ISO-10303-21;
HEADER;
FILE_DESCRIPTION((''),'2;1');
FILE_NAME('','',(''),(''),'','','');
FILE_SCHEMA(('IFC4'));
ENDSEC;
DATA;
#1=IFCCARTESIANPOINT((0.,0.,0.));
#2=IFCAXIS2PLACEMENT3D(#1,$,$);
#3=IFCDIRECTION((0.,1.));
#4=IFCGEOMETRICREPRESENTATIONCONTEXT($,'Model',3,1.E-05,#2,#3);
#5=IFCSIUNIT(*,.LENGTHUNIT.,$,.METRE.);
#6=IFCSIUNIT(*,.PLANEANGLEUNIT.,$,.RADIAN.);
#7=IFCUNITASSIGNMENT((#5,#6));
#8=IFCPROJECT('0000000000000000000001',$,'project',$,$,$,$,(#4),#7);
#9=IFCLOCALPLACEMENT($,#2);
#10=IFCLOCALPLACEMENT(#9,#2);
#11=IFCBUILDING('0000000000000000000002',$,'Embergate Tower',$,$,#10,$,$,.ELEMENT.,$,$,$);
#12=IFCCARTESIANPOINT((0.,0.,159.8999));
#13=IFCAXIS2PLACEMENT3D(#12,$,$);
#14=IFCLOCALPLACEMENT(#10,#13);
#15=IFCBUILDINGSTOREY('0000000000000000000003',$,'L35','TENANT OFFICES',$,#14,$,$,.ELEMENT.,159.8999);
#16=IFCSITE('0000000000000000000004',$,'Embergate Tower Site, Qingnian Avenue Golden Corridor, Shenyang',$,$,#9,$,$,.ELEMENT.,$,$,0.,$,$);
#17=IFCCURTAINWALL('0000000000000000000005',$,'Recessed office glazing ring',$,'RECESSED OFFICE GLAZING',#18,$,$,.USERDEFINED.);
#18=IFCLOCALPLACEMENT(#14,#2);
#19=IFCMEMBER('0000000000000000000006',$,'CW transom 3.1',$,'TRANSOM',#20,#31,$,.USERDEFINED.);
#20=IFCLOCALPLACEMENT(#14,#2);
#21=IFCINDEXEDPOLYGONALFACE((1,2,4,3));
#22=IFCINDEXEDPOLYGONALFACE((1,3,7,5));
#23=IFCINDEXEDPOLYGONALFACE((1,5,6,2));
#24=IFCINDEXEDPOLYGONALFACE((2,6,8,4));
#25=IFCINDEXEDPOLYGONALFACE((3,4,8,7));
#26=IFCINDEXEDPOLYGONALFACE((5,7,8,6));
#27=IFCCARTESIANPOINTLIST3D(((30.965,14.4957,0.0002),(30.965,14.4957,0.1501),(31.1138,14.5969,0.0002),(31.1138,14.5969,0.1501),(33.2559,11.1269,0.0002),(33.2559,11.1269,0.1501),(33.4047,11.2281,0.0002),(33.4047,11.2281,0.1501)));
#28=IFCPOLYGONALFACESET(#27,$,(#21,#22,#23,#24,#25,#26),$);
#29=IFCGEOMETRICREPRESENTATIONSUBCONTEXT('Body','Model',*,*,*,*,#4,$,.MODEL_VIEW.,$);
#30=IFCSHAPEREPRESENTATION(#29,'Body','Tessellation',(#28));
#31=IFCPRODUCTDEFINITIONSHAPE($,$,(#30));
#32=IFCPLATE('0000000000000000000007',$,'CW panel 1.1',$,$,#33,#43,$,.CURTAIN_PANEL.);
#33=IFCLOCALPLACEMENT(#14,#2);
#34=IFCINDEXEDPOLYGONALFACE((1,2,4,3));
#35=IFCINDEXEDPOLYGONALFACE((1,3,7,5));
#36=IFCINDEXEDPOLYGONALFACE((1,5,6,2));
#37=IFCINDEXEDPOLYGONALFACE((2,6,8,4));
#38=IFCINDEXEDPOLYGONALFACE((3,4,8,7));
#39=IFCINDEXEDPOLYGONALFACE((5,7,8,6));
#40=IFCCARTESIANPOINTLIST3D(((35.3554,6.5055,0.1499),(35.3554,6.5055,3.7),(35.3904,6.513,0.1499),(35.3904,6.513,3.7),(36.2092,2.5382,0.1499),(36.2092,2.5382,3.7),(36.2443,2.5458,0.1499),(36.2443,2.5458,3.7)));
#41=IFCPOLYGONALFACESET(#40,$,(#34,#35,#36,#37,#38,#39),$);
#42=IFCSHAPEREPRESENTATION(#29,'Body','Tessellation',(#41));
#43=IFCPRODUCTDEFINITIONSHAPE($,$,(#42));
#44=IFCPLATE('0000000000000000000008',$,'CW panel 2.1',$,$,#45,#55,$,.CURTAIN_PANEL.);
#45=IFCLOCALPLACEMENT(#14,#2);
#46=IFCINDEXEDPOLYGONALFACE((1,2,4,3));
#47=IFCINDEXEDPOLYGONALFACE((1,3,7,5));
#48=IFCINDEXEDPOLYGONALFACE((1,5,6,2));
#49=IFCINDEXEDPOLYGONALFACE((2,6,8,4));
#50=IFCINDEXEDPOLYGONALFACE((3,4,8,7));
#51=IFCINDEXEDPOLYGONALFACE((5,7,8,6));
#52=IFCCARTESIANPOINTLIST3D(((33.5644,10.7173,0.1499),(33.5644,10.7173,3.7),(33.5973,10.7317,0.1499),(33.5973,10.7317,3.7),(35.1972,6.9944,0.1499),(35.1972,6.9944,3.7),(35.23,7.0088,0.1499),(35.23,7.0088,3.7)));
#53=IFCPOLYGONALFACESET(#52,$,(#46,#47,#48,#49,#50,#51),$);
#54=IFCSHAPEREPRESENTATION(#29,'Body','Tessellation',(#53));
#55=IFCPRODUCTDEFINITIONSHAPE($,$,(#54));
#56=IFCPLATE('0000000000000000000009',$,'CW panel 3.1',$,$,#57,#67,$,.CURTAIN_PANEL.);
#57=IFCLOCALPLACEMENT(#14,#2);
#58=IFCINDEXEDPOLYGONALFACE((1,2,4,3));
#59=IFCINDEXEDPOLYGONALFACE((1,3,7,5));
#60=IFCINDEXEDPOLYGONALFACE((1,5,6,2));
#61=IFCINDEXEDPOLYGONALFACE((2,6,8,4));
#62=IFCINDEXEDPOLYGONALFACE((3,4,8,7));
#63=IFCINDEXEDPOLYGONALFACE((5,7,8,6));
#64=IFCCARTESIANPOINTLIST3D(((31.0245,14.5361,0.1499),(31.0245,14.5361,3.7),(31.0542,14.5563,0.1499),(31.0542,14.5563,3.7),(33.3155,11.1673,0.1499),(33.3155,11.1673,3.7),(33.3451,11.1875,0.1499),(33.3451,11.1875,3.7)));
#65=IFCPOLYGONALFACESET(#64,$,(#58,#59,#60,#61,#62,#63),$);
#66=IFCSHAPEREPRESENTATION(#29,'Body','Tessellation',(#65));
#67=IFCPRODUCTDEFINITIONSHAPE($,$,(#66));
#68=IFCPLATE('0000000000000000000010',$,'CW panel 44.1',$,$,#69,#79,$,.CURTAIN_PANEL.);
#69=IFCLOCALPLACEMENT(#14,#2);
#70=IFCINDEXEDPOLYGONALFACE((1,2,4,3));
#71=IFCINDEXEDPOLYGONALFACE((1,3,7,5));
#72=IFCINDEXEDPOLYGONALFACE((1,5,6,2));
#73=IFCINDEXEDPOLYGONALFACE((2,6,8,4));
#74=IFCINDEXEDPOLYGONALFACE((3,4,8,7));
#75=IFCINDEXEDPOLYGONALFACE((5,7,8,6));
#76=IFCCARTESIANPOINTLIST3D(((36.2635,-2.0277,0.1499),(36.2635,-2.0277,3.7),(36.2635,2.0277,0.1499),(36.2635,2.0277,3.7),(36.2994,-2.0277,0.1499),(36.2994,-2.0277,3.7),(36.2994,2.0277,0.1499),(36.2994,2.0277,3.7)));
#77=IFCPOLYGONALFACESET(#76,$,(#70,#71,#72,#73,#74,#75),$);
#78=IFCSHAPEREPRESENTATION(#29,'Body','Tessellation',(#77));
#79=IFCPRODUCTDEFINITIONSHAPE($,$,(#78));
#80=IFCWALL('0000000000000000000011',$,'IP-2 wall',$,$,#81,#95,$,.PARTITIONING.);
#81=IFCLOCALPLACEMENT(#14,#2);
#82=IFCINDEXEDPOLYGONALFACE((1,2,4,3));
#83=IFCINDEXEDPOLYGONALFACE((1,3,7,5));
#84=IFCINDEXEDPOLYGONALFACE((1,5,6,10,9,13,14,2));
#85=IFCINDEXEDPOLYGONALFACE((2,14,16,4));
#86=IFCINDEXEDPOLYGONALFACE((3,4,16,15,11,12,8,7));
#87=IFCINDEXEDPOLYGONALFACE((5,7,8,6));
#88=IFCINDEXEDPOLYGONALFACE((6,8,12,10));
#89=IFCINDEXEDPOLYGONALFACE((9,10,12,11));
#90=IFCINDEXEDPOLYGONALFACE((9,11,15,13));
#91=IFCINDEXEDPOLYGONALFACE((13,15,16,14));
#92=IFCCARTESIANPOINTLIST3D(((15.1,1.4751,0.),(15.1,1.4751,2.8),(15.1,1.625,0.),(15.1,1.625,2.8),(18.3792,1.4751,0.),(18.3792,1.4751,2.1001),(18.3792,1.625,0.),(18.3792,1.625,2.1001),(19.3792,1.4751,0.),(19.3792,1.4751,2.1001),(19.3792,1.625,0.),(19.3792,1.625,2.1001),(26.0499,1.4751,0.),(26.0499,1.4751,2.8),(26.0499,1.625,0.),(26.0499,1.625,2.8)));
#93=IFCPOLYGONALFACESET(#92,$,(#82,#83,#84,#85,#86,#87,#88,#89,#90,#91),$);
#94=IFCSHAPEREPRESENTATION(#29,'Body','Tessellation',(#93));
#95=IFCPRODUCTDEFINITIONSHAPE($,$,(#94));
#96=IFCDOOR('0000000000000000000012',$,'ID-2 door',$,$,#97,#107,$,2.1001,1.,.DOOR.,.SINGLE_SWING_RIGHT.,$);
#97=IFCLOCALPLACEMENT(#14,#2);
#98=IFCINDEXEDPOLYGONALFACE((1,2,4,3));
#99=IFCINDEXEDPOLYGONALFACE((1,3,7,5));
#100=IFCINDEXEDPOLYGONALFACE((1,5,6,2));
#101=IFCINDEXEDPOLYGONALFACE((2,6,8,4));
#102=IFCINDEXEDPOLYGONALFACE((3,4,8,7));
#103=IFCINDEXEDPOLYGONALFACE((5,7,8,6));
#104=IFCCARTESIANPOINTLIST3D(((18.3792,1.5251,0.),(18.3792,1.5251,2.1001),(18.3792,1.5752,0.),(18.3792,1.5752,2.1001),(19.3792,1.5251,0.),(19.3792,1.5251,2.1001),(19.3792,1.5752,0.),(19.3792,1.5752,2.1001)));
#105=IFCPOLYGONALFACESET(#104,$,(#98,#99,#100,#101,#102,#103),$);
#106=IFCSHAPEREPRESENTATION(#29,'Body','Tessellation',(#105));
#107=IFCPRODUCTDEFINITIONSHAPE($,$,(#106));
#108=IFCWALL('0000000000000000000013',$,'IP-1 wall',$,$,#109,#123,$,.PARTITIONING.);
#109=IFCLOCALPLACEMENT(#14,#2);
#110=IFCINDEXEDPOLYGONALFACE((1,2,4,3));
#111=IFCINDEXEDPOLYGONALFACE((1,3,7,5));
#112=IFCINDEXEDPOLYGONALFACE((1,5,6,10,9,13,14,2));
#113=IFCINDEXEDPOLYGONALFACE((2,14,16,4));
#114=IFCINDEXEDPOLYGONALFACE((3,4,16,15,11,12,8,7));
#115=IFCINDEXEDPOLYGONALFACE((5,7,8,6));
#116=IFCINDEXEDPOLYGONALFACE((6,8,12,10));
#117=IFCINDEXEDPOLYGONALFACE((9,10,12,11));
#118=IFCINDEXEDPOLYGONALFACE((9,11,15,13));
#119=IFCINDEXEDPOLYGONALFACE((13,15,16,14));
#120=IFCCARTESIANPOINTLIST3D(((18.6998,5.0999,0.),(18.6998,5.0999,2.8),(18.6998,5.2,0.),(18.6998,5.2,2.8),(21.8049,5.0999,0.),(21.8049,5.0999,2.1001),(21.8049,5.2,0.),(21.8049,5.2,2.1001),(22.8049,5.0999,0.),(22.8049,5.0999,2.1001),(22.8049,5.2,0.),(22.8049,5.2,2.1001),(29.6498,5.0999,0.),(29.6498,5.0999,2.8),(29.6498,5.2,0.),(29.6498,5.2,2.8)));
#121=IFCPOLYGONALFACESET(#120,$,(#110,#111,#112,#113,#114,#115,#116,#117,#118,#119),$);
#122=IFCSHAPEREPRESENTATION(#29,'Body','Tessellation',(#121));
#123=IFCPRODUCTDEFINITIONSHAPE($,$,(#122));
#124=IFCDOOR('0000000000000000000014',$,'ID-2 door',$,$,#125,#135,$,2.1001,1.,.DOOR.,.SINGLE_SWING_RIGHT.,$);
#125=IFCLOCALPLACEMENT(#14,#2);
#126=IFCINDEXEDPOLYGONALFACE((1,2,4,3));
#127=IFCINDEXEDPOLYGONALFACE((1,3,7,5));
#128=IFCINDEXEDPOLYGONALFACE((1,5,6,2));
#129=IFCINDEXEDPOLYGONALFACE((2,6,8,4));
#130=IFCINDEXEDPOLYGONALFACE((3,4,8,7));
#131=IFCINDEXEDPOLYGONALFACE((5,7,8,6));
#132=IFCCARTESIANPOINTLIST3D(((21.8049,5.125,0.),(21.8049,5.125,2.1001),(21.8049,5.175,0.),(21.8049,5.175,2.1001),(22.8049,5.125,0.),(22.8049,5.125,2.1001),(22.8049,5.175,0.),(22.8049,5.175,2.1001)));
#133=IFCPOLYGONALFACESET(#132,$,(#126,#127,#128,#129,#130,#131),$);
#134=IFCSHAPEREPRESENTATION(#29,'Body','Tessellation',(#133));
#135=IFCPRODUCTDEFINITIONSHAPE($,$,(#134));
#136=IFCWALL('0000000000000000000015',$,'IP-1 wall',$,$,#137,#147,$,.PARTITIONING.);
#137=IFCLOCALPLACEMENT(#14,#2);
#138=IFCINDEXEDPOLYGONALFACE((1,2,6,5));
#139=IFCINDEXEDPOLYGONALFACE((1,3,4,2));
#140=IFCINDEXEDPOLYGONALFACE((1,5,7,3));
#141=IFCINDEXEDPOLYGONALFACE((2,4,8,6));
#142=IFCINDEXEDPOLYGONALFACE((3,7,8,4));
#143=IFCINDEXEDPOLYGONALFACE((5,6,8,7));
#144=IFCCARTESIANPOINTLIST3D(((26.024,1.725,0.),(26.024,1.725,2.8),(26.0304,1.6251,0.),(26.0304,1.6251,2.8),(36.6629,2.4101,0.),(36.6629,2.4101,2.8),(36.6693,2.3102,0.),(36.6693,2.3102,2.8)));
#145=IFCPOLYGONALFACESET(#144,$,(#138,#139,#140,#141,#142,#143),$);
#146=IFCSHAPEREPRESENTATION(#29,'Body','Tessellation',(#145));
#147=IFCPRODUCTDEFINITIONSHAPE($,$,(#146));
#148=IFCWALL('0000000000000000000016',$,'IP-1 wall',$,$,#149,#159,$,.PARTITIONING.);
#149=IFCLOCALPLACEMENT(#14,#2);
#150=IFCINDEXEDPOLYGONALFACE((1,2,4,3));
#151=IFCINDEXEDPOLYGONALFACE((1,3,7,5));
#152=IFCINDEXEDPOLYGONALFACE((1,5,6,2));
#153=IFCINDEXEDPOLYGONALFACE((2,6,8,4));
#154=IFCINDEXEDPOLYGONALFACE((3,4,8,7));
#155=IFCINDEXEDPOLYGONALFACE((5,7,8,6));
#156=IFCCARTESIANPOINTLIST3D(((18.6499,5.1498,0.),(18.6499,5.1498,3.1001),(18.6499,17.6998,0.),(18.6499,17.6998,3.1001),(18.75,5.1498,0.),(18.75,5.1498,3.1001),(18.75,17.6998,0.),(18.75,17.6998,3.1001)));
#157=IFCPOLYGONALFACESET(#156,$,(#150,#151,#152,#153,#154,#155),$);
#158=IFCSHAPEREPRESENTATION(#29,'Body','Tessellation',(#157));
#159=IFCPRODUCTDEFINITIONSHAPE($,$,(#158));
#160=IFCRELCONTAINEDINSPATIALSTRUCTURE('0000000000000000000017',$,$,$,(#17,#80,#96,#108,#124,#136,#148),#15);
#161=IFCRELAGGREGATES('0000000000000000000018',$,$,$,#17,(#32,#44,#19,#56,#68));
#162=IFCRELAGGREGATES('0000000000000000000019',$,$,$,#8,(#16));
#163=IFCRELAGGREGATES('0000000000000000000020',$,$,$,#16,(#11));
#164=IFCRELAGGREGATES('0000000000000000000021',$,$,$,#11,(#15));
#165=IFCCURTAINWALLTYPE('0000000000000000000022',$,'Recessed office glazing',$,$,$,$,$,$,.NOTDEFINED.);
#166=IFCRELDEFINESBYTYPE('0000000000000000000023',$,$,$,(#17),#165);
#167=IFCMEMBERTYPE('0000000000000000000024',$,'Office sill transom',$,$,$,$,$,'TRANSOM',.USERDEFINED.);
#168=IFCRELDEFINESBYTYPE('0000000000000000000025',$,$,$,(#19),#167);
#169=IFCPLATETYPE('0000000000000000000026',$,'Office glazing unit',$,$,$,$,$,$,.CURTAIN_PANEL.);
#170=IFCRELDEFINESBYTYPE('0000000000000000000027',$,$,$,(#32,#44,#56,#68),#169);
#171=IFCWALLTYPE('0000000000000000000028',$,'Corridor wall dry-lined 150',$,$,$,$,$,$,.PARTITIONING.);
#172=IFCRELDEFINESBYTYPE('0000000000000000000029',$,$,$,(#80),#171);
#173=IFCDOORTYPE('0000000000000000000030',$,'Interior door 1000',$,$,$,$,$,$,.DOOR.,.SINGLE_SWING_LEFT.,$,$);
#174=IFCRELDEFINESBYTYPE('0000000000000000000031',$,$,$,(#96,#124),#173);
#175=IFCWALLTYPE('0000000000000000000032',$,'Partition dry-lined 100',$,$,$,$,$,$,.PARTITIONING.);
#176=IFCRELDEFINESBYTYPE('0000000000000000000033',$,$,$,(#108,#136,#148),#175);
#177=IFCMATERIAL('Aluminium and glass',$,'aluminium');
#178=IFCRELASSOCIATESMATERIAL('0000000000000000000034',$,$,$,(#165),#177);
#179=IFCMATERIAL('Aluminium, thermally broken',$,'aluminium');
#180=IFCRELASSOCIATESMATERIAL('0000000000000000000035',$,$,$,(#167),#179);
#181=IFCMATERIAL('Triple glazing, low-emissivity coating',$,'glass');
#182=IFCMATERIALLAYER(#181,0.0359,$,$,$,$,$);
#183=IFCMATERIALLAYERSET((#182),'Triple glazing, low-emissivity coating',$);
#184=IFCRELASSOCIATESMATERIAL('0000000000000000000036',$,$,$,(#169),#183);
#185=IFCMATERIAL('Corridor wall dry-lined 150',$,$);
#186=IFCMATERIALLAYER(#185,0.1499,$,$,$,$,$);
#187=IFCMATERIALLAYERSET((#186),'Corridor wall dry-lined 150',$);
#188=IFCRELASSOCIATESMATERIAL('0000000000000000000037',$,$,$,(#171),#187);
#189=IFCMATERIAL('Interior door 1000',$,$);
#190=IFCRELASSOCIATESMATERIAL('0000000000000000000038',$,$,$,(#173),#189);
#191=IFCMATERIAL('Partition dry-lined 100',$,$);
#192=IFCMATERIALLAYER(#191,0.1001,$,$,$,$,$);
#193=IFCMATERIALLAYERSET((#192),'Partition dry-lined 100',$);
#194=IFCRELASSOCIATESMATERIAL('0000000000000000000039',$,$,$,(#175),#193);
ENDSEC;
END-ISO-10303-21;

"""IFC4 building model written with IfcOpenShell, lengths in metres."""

from ifc_helpers import new_model, si_unit, direction, frame, frame_2d, origin, origin_2d, place, context, subcontext, project, spatial, rectangle, extrude, source, transform, mapped, material, layer, layer_set, material_profile, profile_set, type_object, element, fill, aggregate, save


model = new_model("IFC4")

# Units and contexts
model_context = context("Model", 3, precision=1e-05, world=origin(), true_north=direction((0.0, 1.0)))
body_context = subcontext(model_context, "Body", "Model", "MODEL_VIEW")
ifc_project = project(units=[si_unit("LENGTHUNIT", "METRE"), si_unit("PLANEANGLEUNIT", "RADIAN")], contexts=[model_context])

# Site, building, storey
site_placement = place(None, origin())
site = spatial("IfcSite", under=ifc_project, at=site_placement, Name="Embergate Tower Site, Qingnian Avenue Golden Corridor, Shenyang", CompositionType="ELEMENT", RefElevation=0.0)
building_placement = place(site_placement, origin())
building = spatial("IfcBuilding", under=site, at=building_placement, Name="Embergate Tower", CompositionType="ELEMENT")
storey_placement = place(building_placement, frame((0.0, 0.0, 159.8999)))
storey = spatial("IfcBuildingStorey", under=building, at=storey_placement, Name="L35", Description="TENANT OFFICES", CompositionType="ELEMENT", Elevation=159.8999)

# Curtain wall, member, plates
ifc_material_1 = material(Name="Aluminium and glass", Category="aluminium")
curtain_wall_type = type_object("IfcCurtainWallType", Name="Recessed office glazing", PredefinedType="NOTDEFINED", material=ifc_material_1)
curtain_wall_placement = place(storey_placement, origin())
curtain_wall = element("IfcCurtainWall", 1, at=curtain_wall_placement, inside=storey, type_object=curtain_wall_type, Name="Recessed office glazing ring", ObjectType="RECESSED OFFICE GLAZING", PredefinedType="USERDEFINED")
ifc_material_2 = material(Name="Aluminium, thermally broken", Category="aluminium")
ifc_material_profile_1 = material_profile(ifc_material_2, rectangle(XDim=0.1799, YDim=0.1499, at=origin_2d()), Name="AL 150x180")
ifc_profile_set_1 = profile_set([ifc_material_profile_1], Name="Aluminium, thermally broken")
member_type_1 = type_object("IfcMemberType", Name="Office sill transom", ElementType="TRANSOM", PredefinedType="USERDEFINED", material=ifc_profile_set_1)
shared_shape_1 = source(origin(), body_context, "Body", "SweptSolid", [
    extrude(rectangle(XDim=0.1799, YDim=0.1499, at=origin_2d()), origin(), (0.0, 0.0, 1.0), 4.074),
])
member_1_placement = place(storey_placement, frame((33.3303, 11.1775, 0.0752), z_axis=(-0.562338, 0.826908, 0.0), x_axis=(-0.826908, -0.562338, 0.0)))
member_1 = element("IfcMember", 2, at=member_1_placement, type_object=member_type_1, Name="CW transom 3.1", ObjectType="TRANSOM", PredefinedType="USERDEFINED", context=body_context, shape_type="MappedRepresentation", body=[
    mapped(shared_shape_1, transform((0.0, 0.0, 0.0))),
])
ifc_material_3 = material(Name="Triple glazing, low-emissivity coating", Category="glass")
ifc_layer_1 = layer(ifc_material_3, 0.0359)
ifc_layer_set_1 = layer_set([ifc_layer_1], Name="Triple glazing, low-emissivity coating")
plate_type = type_object("IfcPlateType", Name="Office glazing unit", PredefinedType="CURTAIN_PANEL", material=ifc_layer_set_1)
shared_shape_2 = source(origin(), body_context, "Body", "SweptSolid", [
    extrude(rectangle(XDim=4.0581, YDim=0.0359, at=origin_2d()), origin(), (0.0, 0.0, 1.0), 3.55),
])
plate_1_placement = place(storey_placement, frame((35.7998, 4.5256, 0.1499), z_axis=(0.0, 0.0, 1.0), x_axis=(-0.210398, 0.977616, 0.0)))
plate_1 = element("IfcPlate", 3, at=plate_1_placement, type_object=plate_type, Name="CW panel 1.1", PredefinedType="CURTAIN_PANEL", context=body_context, shape_type="MappedRepresentation", body=[
    mapped(shared_shape_2, transform((0.0, 0.0, 0.0))),
])
shared_shape_3 = source(origin(), body_context, "Body", "SweptSolid", [
    extrude(rectangle(XDim=4.0652, YDim=0.0359, at=origin_2d()), origin(), (0.0, 0.0, 1.0), 3.55),
])
plate_2_placement = place(storey_placement, frame((34.3972, 8.863, 0.1499), z_axis=(0.0, 0.0, 1.0), x_axis=(-0.401652, 0.915792, 0.0)))
plate_2 = element("IfcPlate", 4, at=plate_2_placement, type_object=plate_type, Name="CW panel 2.1", PredefinedType="CURTAIN_PANEL", context=body_context, shape_type="MappedRepresentation", body=[
    mapped(shared_shape_3, transform((0.0, 0.0, 0.0))),
])
shared_shape_4 = source(origin(), body_context, "Body", "SweptSolid", [
    extrude(rectangle(XDim=4.074, YDim=0.0359, at=origin_2d()), origin(), (0.0, 0.0, 1.0), 3.55),
])
plate_3_placement = place(storey_placement, frame((32.1848, 12.8618, 0.1499), z_axis=(0.0, 0.0, 1.0), x_axis=(-0.562342, 0.826905, 0.0)))
plate_3 = element("IfcPlate", 5, at=plate_3_placement, type_object=plate_type, Name="CW panel 3.1", PredefinedType="CURTAIN_PANEL", context=body_context, shape_type="MappedRepresentation", body=[
    mapped(shared_shape_4, transform((0.0, 0.0, 0.0))),
])
shared_shape_5 = source(origin(), body_context, "Body", "SweptSolid", [
    extrude(rectangle(XDim=4.0554, YDim=0.0359, at=origin_2d()), origin(), (0.0, 0.0, 1.0), 3.55),
])
plate_4_placement = place(storey_placement, frame((36.2815, 0.0, 0.1499), z_axis=(0.0, 0.0, 1.0), x_axis=(0.0, 1.0, 0.0)))
plate_4 = element("IfcPlate", 6, at=plate_4_placement, type_object=plate_type, Name="CW panel 44.1", PredefinedType="CURTAIN_PANEL", context=body_context, shape_type="MappedRepresentation", body=[
    mapped(shared_shape_5, transform((0.0, 0.0, 0.0))),
])
aggregate(curtain_wall, [plate_1, plate_2, member_1, plate_3, plate_4])

# Walls, openings, doors
ifc_material_4 = material(Name="Corridor wall dry-lined 150")
ifc_layer_2 = layer(ifc_material_4, 0.1499)
ifc_layer_set_2 = layer_set([ifc_layer_2], Name="Corridor wall dry-lined 150")
wall_type_1 = type_object("IfcWallType", Name="Corridor wall dry-lined 150", PredefinedType="PARTITIONING", material=ifc_layer_set_2)
shared_shape_6 = source(origin(), body_context, "Body", "SweptSolid", [
    extrude(rectangle(XDim=10.95, YDim=0.1499, at=frame_2d((5.4751, 0.0))), origin(), (0.0, 0.0, 1.0), 2.8),
])
wall_1_placement = place(storey_placement, frame((26.05, 1.55, 0.0), z_axis=(0.0, 0.0, 1.0), x_axis=(-1.0, 0.0, 0.0)))
wall_1 = element("IfcWall", 7, at=wall_1_placement, inside=storey, type_object=wall_type_1, Name="IP-2 wall", PredefinedType="PARTITIONING", context=body_context, shape_type="MappedRepresentation", body=[
    mapped(shared_shape_6, transform((0.0, 0.0, 0.0))),
])
shared_shape_7 = source(origin(), body_context, "Body", "SweptSolid", [
    extrude(rectangle(XDim=1.0, YDim=2.1001, at=frame_2d((0.5, 1.05))), frame((0.0, 0.085, 0.0), z_axis=(0.0, -1.0, 0.0), x_axis=(1.0, 0.0, 0.0)), (0.0, 0.0, 1.0), 0.1699),
])
opening_1_placement = place(wall_1_placement, frame((6.6709, 0.0, 0.0)))
opening_1 = element("IfcOpeningElement", 8, at=opening_1_placement, cuts=wall_1, PredefinedType="OPENING", context=body_context, shape_type="MappedRepresentation", body=[
    mapped(shared_shape_7, transform((0.0, 0.0, 0.0))),
])
ifc_material_5 = material(Name="Interior door 1000")
door_type = type_object("IfcDoorType", Name="Interior door 1000", OperationType="SINGLE_SWING_LEFT", PredefinedType="DOOR", material=ifc_material_5)
shared_shape_8 = source(origin(), body_context, "Body", "SweptSolid", [
    extrude(rectangle(XDim=1.0, YDim=2.1001, at=frame_2d((0.5, 1.05))), frame((0.0, 0.0249, 0.0), z_axis=(0.0, -1.0, 0.0), x_axis=(1.0, 0.0, 0.0)), (0.0, 0.0, 1.0), 0.05),
])
door_1_placement = place(opening_1_placement, origin())
door_1 = element("IfcDoor", 9, at=door_1_placement, inside=storey, type_object=door_type, Name="ID-2 door", OperationType="SINGLE_SWING_RIGHT", OverallHeight=2.1001, OverallWidth=1.0, PredefinedType="DOOR", context=body_context, shape_type="MappedRepresentation", body=[
    mapped(shared_shape_8, transform((0.0, 0.0, 0.0))),
])
fill(opening_1, door_1)
ifc_material_6 = material(Name="Partition dry-lined 100")
ifc_layer_3 = layer(ifc_material_6, 0.1001)
ifc_layer_set_3 = layer_set([ifc_layer_3], Name="Partition dry-lined 100")
wall_type_2 = type_object("IfcWallType", Name="Partition dry-lined 100", PredefinedType="PARTITIONING", material=ifc_layer_set_3)
shared_shape_9 = source(origin(), body_context, "Body", "SweptSolid", [
    extrude(rectangle(XDim=10.95, YDim=0.1001, at=frame_2d((5.4751, 0.0))), origin(), (0.0, 0.0, 1.0), 2.8),
])
wall_2_placement = place(storey_placement, frame((29.6499, 5.1499, 0.0), z_axis=(0.0, 0.0, 1.0), x_axis=(-1.0, 0.0, 0.0)))
wall_2 = element("IfcWall", 10, at=wall_2_placement, inside=storey, type_object=wall_type_2, Name="IP-1 wall", PredefinedType="PARTITIONING", context=body_context, shape_type="MappedRepresentation", body=[
    mapped(shared_shape_9, transform((0.0, 0.0, 0.0))),
])
shared_shape_10 = source(origin(), body_context, "Body", "SweptSolid", [
    extrude(rectangle(XDim=1.0, YDim=2.1001, at=frame_2d((0.5, 1.05))), frame((0.0, 0.0601, 0.0), z_axis=(0.0, -1.0, 0.0), x_axis=(1.0, 0.0, 0.0)), (0.0, 0.0, 1.0), 0.1201),
])
opening_2_placement = place(wall_2_placement, frame((6.845, 0.0, 0.0)))
opening_2 = element("IfcOpeningElement", 11, at=opening_2_placement, cuts=wall_2, PredefinedType="OPENING", context=body_context, shape_type="MappedRepresentation", body=[
    mapped(shared_shape_10, transform((0.0, 0.0, 0.0))),
])
door_2_placement = place(opening_2_placement, origin())
door_2 = element("IfcDoor", 12, at=door_2_placement, inside=storey, type_object=door_type, Name="ID-2 door", OperationType="SINGLE_SWING_RIGHT", OverallHeight=2.1001, OverallWidth=1.0, PredefinedType="DOOR", context=body_context, shape_type="MappedRepresentation", body=[
    mapped(shared_shape_8, transform((0.0, 0.0, 0.0))),
])
fill(opening_2, door_2)

# Walls
shared_shape_11 = source(origin(), body_context, "Body", "SweptSolid", [
    extrude(rectangle(XDim=10.6609, YDim=0.1001, at=frame_2d((5.3306, 0.0))), origin(), (0.0, 0.0, 1.0), 2.8),
])
wall_3_placement = place(storey_placement, frame((26.0271, 1.675, 0.0), z_axis=(0.0, 0.0, 1.0), x_axis=(0.997933, 0.064259, 0.0)))
element("IfcWall", 13, at=wall_3_placement, inside=storey, type_object=wall_type_2, Name="IP-1 wall", PredefinedType="PARTITIONING", context=body_context, shape_type="MappedRepresentation", body=[
    mapped(shared_shape_11, transform((0.0, 0.0, 0.0))),
])
shared_shape_12 = source(origin(), body_context, "Body", "SweptSolid", [
    extrude(rectangle(XDim=12.55, YDim=0.1001, at=frame_2d((6.2749, 0.0))), origin(), (0.0, 0.0, 1.0), 3.1001),
])
wall_4_placement = place(storey_placement, frame((18.7, 5.1499, 0.0), z_axis=(0.0, 0.0, 1.0), x_axis=(0.0, 1.0, 0.0)))
element("IfcWall", 14, at=wall_4_placement, inside=storey, type_object=wall_type_2, Name="IP-1 wall", PredefinedType="PARTITIONING", context=body_context, shape_type="MappedRepresentation", body=[
    mapped(shared_shape_12, transform((0.0, 0.0, 0.0))),
])

save(model, "model.ifc")
